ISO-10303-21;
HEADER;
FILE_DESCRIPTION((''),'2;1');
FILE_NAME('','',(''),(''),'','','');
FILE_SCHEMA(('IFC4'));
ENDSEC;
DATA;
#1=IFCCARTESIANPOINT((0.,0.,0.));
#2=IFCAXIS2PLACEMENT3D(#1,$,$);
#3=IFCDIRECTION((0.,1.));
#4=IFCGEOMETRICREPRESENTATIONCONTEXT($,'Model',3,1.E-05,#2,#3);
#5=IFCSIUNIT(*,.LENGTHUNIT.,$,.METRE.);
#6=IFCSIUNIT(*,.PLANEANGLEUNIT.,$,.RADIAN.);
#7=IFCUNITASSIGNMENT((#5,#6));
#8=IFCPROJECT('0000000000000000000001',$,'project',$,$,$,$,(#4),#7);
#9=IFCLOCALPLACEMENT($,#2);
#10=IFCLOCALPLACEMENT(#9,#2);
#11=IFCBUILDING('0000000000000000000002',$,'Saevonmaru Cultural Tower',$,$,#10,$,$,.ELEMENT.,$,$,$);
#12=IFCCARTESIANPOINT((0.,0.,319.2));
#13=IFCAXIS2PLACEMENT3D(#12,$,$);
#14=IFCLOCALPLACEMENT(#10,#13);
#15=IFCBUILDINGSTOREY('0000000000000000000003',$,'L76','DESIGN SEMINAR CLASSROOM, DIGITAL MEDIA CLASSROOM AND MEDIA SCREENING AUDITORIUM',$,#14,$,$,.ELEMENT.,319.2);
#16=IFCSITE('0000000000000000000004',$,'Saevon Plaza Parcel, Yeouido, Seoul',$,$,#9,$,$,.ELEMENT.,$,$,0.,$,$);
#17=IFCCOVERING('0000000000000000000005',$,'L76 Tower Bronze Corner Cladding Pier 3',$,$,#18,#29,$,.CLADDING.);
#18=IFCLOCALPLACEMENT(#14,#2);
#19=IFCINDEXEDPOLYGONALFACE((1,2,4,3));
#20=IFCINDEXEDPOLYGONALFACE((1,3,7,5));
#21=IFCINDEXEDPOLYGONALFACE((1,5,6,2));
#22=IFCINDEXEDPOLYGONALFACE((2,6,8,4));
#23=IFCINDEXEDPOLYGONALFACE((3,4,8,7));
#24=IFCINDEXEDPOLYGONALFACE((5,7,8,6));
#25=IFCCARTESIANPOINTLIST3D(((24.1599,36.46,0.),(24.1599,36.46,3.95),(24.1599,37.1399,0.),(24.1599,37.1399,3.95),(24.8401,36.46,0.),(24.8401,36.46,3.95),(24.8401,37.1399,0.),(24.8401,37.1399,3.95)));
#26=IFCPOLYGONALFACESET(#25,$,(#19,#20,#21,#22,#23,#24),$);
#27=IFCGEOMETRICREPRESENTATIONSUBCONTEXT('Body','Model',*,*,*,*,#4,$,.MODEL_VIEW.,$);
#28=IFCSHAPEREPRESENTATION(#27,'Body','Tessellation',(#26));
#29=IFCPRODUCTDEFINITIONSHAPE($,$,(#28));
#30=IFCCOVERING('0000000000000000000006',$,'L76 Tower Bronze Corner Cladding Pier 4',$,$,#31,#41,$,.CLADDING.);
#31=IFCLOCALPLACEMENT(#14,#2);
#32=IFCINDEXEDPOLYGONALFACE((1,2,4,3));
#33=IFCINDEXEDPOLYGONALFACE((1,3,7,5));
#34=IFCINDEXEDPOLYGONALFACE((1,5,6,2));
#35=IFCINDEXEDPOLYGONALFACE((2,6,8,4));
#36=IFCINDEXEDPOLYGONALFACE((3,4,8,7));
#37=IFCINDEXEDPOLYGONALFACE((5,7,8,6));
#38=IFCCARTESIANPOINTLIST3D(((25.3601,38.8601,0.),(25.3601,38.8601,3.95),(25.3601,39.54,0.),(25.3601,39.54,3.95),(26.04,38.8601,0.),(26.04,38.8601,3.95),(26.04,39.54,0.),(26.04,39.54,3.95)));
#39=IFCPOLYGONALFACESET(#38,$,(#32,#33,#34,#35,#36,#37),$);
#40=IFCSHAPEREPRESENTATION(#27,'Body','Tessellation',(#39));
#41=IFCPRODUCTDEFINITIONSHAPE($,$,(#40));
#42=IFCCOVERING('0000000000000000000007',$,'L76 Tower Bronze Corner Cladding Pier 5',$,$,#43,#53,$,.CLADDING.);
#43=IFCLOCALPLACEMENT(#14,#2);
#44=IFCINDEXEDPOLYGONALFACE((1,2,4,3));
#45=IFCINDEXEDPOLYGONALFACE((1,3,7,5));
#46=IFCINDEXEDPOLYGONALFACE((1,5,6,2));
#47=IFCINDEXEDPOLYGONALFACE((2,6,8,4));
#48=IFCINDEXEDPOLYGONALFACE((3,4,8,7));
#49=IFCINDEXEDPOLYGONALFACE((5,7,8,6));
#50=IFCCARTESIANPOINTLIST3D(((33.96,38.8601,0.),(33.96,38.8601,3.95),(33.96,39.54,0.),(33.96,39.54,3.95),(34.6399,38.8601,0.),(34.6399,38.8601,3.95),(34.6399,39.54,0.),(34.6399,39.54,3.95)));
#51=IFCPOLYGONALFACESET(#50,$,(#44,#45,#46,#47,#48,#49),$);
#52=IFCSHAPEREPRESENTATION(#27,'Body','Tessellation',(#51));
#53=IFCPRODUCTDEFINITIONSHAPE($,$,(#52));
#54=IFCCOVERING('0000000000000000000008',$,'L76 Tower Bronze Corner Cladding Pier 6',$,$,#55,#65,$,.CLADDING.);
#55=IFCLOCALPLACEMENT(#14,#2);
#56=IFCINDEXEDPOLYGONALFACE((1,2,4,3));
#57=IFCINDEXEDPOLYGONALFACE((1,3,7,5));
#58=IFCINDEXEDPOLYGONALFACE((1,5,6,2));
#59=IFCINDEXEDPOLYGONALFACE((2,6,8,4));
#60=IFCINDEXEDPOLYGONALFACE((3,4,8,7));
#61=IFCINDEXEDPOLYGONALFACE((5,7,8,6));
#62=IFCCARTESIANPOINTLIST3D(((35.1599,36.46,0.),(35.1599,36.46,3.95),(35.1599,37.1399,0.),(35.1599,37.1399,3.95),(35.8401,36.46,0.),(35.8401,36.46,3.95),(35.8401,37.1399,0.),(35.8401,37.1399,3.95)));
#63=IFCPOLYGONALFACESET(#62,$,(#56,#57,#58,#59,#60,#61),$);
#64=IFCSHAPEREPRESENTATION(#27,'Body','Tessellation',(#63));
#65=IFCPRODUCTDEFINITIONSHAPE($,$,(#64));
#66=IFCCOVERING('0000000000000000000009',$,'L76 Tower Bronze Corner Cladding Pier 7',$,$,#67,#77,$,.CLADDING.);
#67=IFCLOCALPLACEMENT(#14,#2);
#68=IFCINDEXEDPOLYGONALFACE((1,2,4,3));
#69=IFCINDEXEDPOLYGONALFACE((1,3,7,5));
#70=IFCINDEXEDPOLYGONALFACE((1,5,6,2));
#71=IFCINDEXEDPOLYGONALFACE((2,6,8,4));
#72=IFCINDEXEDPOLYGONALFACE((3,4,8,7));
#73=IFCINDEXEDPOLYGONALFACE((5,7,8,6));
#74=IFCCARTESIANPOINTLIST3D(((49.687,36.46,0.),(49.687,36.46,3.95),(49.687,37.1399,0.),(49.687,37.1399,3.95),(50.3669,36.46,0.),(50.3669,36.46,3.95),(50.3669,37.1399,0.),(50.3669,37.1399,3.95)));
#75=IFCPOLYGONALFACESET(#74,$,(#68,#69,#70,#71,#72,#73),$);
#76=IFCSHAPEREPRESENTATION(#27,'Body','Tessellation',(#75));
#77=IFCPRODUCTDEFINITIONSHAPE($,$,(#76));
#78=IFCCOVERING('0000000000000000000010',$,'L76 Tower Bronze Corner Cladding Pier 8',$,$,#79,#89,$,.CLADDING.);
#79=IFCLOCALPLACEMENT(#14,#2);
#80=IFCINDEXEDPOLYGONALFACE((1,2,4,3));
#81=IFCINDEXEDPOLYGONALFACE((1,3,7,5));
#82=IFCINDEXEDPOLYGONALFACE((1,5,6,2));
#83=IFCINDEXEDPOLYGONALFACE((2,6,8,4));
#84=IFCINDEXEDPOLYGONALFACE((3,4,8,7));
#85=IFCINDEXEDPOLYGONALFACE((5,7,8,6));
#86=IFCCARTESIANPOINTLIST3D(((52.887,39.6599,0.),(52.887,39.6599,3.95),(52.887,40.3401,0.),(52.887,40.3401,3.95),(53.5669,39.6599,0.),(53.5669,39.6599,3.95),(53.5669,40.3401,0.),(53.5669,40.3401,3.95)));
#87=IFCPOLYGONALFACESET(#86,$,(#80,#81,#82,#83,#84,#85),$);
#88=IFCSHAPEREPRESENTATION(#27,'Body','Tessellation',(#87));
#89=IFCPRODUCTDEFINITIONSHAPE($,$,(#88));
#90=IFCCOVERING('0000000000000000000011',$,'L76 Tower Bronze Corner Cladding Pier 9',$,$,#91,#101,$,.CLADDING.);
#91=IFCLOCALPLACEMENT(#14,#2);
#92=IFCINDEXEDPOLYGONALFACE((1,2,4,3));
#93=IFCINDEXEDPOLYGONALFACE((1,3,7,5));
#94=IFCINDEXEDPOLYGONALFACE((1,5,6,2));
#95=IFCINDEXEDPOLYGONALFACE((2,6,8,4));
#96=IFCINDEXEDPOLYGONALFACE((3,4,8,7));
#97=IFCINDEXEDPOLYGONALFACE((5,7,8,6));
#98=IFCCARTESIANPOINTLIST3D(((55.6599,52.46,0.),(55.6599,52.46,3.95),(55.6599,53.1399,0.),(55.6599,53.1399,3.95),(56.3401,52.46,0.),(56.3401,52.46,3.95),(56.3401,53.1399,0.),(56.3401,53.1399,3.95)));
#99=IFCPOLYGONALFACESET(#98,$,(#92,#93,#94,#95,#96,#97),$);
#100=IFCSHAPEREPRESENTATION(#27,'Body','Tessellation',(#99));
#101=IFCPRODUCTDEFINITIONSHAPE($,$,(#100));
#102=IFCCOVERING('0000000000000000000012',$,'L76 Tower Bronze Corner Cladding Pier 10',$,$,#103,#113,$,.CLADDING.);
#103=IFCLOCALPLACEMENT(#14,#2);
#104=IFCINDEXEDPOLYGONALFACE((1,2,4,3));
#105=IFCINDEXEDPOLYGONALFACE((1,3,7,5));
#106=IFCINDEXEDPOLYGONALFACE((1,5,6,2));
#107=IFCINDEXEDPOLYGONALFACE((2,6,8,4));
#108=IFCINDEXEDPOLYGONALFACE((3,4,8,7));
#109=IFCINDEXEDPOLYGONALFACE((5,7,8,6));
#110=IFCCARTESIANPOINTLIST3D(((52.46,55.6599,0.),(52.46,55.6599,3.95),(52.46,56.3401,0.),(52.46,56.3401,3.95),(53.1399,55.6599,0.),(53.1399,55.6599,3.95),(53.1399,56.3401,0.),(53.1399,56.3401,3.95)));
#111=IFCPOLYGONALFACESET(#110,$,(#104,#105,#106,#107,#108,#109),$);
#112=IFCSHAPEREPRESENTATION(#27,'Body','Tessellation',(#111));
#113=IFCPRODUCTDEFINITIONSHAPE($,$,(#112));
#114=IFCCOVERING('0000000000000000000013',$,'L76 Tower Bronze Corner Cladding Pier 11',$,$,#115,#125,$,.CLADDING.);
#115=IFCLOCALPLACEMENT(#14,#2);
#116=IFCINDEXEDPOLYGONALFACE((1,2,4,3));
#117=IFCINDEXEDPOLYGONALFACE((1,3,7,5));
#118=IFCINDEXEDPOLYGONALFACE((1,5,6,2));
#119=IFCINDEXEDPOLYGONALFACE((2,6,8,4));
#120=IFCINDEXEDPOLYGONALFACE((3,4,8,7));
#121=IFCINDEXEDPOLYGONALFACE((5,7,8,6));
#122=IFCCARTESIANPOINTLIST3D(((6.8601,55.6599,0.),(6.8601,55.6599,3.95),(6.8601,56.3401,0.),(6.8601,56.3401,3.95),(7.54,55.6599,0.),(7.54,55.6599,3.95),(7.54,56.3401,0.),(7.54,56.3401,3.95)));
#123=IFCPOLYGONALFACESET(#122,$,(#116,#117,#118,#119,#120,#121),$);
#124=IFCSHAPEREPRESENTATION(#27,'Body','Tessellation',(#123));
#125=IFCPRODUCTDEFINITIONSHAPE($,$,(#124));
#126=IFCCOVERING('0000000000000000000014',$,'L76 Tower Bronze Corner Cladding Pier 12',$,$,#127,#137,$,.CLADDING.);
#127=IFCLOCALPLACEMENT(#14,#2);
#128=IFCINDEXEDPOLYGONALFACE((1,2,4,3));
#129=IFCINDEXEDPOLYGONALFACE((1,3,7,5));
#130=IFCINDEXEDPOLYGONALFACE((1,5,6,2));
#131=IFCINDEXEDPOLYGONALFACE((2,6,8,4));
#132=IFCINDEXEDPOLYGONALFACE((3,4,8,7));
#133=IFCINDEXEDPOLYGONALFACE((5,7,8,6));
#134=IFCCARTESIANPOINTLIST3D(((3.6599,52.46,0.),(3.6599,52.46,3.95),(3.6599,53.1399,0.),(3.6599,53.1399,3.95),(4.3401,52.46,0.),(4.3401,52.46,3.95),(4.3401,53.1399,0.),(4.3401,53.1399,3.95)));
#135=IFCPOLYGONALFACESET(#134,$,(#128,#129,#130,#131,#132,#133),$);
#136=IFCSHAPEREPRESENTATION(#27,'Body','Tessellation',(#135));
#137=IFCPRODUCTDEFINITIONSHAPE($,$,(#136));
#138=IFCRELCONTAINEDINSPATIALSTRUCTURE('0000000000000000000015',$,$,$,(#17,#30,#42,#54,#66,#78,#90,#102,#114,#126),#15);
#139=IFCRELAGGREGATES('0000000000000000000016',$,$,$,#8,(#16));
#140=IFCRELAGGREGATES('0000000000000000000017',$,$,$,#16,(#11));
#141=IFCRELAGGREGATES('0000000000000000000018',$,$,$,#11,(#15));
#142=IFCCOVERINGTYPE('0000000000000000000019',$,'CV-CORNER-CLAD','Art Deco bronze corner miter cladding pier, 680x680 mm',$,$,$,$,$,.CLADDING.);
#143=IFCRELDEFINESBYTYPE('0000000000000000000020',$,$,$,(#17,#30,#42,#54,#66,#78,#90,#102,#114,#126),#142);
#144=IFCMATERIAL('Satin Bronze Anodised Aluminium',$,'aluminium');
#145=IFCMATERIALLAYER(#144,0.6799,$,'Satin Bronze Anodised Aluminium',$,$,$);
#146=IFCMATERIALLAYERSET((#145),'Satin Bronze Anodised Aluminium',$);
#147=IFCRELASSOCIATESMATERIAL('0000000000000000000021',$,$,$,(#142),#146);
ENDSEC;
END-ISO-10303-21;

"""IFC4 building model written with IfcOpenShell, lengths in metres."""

from ifc_helpers import new_model, si_unit, direction, frame, origin, place, context, subcontext, project, spatial, polyline, outline, extrude, material, layer, layer_set, type_object, element, save


model = new_model("IFC4")

# Units and contexts
model_context = context("Model", 3, precision=1e-05, world=origin(), true_north=direction((0.0, 1.0)))
body_context = subcontext(model_context, "Body", "Model", "MODEL_VIEW")
ifc_project = project(units=[si_unit("LENGTHUNIT", "METRE"), si_unit("PLANEANGLEUNIT", "RADIAN")], contexts=[model_context])

# Site, building, storey
site_placement = place(None, origin())
site = spatial("IfcSite", under=ifc_project, at=site_placement, Name="Saevon Plaza Parcel, Yeouido, Seoul", CompositionType="ELEMENT", RefElevation=0.0)
building_placement = place(site_placement, origin())
building = spatial("IfcBuilding", under=site, at=building_placement, Name="Saevonmaru Cultural Tower", CompositionType="ELEMENT")
storey_placement = place(building_placement, frame((0.0, 0.0, 319.2)))
storey = spatial("IfcBuildingStorey", under=building, at=storey_placement, Name="L76", Description="DESIGN SEMINAR CLASSROOM, DIGITAL MEDIA CLASSROOM AND MEDIA SCREENING AUDITORIUM", CompositionType="ELEMENT", Elevation=319.2)

# Shared definitions
ifc_material_1 = material(Name="Satin Bronze Anodised Aluminium", Category="aluminium")

# Coverings
ifc_layer_1 = layer(ifc_material_1, 0.6799, Name="Satin Bronze Anodised Aluminium")
ifc_layer_set_1 = layer_set([ifc_layer_1], Name="Satin Bronze Anodised Aluminium")
covering_type = type_object("IfcCoveringType", Name="CV-CORNER-CLAD", Description="Art Deco bronze corner miter cladding pier, 680x680 mm", PredefinedType="CLADDING", material=ifc_layer_set_1)
covering_1_placement = place(storey_placement, origin())
element("IfcCovering", 1, at=covering_1_placement, inside=storey, type_object=covering_type, Name="L76 Tower Bronze Corner Cladding Pier 3", PredefinedType="CLADDING", context=body_context, shape_type="SweptSolid", body=[
    extrude(outline(polyline([(24.1599, 36.46), (24.8401, 36.46), (24.8401, 37.1399), (24.1599, 37.1399), (24.1599, 36.46)])), origin(), (0.0, 0.0, 1.0), 3.95),
])
covering_2_placement = place(storey_placement, origin())
element("IfcCovering", 2, at=covering_2_placement, inside=storey, type_object=covering_type, Name="L76 Tower Bronze Corner Cladding Pier 4", PredefinedType="CLADDING", context=body_context, shape_type="SweptSolid", body=[
    extrude(outline(polyline([(25.3601, 38.8601), (26.04, 38.8601), (26.04, 39.54), (25.3601, 39.54), (25.3601, 38.8601)])), origin(), (0.0, 0.0, 1.0), 3.95),
])
covering_3_placement = place(storey_placement, origin())
element("IfcCovering", 3, at=covering_3_placement, inside=storey, type_object=covering_type, Name="L76 Tower Bronze Corner Cladding Pier 5", PredefinedType="CLADDING", context=body_context, shape_type="SweptSolid", body=[
    extrude(outline(polyline([(33.96, 38.8601), (34.6399, 38.8601), (34.6399, 39.54), (33.96, 39.54), (33.96, 38.8601)])), origin(), (0.0, 0.0, 1.0), 3.95),
])
covering_4_placement = place(storey_placement, origin())
element("IfcCovering", 4, at=covering_4_placement, inside=storey, type_object=covering_type, Name="L76 Tower Bronze Corner Cladding Pier 6", PredefinedType="CLADDING", context=body_context, shape_type="SweptSolid", body=[
    extrude(outline(polyline([(35.1599, 36.46), (35.8401, 36.46), (35.8401, 37.1399), (35.1599, 37.1399), (35.1599, 36.46)])), origin(), (0.0, 0.0, 1.0), 3.95),
])
covering_5_placement = place(storey_placement, origin())
element("IfcCovering", 5, at=covering_5_placement, inside=storey, type_object=covering_type, Name="L76 Tower Bronze Corner Cladding Pier 7", PredefinedType="CLADDING", context=body_context, shape_type="SweptSolid", body=[
    extrude(outline(polyline([(49.687, 36.46), (50.3669, 36.46), (50.3669, 37.1399), (49.687, 37.1399), (49.687, 36.46)])), origin(), (0.0, 0.0, 1.0), 3.95),
])
covering_6_placement = place(storey_placement, origin())
element("IfcCovering", 6, at=covering_6_placement, inside=storey, type_object=covering_type, Name="L76 Tower Bronze Corner Cladding Pier 8", PredefinedType="CLADDING", context=body_context, shape_type="SweptSolid", body=[
    extrude(outline(polyline([(52.887, 39.6599), (53.5669, 39.6599), (53.5669, 40.3401), (52.887, 40.3401), (52.887, 39.6599)])), origin(), (0.0, 0.0, 1.0), 3.95),
])
covering_7_placement = place(storey_placement, origin())
element("IfcCovering", 7, at=covering_7_placement, inside=storey, type_object=covering_type, Name="L76 Tower Bronze Corner Cladding Pier 9", PredefinedType="CLADDING", context=body_context, shape_type="SweptSolid", body=[
    extrude(outline(polyline([(55.6599, 52.46), (56.3401, 52.46), (56.3401, 53.1399), (55.6599, 53.1399), (55.6599, 52.46)])), origin(), (0.0, 0.0, 1.0), 3.95),
])
covering_8_placement = place(storey_placement, origin())
element("IfcCovering", 8, at=covering_8_placement, inside=storey, type_object=covering_type, Name="L76 Tower Bronze Corner Cladding Pier 10", PredefinedType="CLADDING", context=body_context, shape_type="SweptSolid", body=[
    extrude(outline(polyline([(52.46, 55.6599), (53.1399, 55.6599), (53.1399, 56.3401), (52.46, 56.3401), (52.46, 55.6599)])), origin(), (0.0, 0.0, 1.0), 3.95),
])
covering_9_placement = place(storey_placement, origin())
element("IfcCovering", 9, at=covering_9_placement, inside=storey, type_object=covering_type, Name="L76 Tower Bronze Corner Cladding Pier 11", PredefinedType="CLADDING", context=body_context, shape_type="SweptSolid", body=[
    extrude(outline(polyline([(6.8601, 55.6599), (7.54, 55.6599), (7.54, 56.3401), (6.8601, 56.3401), (6.8601, 55.6599)])), origin(), (0.0, 0.0, 1.0), 3.95),
])
covering_10_placement = place(storey_placement, origin())
element("IfcCovering", 10, at=covering_10_placement, inside=storey, type_object=covering_type, Name="L76 Tower Bronze Corner Cladding Pier 12", PredefinedType="CLADDING", context=body_context, shape_type="SweptSolid", body=[
    extrude(outline(polyline([(3.6599, 52.46), (4.3401, 52.46), (4.3401, 53.1399), (3.6599, 53.1399), (3.6599, 52.46)])), origin(), (0.0, 0.0, 1.0), 3.95),
])

save(model, "model.ifc")
